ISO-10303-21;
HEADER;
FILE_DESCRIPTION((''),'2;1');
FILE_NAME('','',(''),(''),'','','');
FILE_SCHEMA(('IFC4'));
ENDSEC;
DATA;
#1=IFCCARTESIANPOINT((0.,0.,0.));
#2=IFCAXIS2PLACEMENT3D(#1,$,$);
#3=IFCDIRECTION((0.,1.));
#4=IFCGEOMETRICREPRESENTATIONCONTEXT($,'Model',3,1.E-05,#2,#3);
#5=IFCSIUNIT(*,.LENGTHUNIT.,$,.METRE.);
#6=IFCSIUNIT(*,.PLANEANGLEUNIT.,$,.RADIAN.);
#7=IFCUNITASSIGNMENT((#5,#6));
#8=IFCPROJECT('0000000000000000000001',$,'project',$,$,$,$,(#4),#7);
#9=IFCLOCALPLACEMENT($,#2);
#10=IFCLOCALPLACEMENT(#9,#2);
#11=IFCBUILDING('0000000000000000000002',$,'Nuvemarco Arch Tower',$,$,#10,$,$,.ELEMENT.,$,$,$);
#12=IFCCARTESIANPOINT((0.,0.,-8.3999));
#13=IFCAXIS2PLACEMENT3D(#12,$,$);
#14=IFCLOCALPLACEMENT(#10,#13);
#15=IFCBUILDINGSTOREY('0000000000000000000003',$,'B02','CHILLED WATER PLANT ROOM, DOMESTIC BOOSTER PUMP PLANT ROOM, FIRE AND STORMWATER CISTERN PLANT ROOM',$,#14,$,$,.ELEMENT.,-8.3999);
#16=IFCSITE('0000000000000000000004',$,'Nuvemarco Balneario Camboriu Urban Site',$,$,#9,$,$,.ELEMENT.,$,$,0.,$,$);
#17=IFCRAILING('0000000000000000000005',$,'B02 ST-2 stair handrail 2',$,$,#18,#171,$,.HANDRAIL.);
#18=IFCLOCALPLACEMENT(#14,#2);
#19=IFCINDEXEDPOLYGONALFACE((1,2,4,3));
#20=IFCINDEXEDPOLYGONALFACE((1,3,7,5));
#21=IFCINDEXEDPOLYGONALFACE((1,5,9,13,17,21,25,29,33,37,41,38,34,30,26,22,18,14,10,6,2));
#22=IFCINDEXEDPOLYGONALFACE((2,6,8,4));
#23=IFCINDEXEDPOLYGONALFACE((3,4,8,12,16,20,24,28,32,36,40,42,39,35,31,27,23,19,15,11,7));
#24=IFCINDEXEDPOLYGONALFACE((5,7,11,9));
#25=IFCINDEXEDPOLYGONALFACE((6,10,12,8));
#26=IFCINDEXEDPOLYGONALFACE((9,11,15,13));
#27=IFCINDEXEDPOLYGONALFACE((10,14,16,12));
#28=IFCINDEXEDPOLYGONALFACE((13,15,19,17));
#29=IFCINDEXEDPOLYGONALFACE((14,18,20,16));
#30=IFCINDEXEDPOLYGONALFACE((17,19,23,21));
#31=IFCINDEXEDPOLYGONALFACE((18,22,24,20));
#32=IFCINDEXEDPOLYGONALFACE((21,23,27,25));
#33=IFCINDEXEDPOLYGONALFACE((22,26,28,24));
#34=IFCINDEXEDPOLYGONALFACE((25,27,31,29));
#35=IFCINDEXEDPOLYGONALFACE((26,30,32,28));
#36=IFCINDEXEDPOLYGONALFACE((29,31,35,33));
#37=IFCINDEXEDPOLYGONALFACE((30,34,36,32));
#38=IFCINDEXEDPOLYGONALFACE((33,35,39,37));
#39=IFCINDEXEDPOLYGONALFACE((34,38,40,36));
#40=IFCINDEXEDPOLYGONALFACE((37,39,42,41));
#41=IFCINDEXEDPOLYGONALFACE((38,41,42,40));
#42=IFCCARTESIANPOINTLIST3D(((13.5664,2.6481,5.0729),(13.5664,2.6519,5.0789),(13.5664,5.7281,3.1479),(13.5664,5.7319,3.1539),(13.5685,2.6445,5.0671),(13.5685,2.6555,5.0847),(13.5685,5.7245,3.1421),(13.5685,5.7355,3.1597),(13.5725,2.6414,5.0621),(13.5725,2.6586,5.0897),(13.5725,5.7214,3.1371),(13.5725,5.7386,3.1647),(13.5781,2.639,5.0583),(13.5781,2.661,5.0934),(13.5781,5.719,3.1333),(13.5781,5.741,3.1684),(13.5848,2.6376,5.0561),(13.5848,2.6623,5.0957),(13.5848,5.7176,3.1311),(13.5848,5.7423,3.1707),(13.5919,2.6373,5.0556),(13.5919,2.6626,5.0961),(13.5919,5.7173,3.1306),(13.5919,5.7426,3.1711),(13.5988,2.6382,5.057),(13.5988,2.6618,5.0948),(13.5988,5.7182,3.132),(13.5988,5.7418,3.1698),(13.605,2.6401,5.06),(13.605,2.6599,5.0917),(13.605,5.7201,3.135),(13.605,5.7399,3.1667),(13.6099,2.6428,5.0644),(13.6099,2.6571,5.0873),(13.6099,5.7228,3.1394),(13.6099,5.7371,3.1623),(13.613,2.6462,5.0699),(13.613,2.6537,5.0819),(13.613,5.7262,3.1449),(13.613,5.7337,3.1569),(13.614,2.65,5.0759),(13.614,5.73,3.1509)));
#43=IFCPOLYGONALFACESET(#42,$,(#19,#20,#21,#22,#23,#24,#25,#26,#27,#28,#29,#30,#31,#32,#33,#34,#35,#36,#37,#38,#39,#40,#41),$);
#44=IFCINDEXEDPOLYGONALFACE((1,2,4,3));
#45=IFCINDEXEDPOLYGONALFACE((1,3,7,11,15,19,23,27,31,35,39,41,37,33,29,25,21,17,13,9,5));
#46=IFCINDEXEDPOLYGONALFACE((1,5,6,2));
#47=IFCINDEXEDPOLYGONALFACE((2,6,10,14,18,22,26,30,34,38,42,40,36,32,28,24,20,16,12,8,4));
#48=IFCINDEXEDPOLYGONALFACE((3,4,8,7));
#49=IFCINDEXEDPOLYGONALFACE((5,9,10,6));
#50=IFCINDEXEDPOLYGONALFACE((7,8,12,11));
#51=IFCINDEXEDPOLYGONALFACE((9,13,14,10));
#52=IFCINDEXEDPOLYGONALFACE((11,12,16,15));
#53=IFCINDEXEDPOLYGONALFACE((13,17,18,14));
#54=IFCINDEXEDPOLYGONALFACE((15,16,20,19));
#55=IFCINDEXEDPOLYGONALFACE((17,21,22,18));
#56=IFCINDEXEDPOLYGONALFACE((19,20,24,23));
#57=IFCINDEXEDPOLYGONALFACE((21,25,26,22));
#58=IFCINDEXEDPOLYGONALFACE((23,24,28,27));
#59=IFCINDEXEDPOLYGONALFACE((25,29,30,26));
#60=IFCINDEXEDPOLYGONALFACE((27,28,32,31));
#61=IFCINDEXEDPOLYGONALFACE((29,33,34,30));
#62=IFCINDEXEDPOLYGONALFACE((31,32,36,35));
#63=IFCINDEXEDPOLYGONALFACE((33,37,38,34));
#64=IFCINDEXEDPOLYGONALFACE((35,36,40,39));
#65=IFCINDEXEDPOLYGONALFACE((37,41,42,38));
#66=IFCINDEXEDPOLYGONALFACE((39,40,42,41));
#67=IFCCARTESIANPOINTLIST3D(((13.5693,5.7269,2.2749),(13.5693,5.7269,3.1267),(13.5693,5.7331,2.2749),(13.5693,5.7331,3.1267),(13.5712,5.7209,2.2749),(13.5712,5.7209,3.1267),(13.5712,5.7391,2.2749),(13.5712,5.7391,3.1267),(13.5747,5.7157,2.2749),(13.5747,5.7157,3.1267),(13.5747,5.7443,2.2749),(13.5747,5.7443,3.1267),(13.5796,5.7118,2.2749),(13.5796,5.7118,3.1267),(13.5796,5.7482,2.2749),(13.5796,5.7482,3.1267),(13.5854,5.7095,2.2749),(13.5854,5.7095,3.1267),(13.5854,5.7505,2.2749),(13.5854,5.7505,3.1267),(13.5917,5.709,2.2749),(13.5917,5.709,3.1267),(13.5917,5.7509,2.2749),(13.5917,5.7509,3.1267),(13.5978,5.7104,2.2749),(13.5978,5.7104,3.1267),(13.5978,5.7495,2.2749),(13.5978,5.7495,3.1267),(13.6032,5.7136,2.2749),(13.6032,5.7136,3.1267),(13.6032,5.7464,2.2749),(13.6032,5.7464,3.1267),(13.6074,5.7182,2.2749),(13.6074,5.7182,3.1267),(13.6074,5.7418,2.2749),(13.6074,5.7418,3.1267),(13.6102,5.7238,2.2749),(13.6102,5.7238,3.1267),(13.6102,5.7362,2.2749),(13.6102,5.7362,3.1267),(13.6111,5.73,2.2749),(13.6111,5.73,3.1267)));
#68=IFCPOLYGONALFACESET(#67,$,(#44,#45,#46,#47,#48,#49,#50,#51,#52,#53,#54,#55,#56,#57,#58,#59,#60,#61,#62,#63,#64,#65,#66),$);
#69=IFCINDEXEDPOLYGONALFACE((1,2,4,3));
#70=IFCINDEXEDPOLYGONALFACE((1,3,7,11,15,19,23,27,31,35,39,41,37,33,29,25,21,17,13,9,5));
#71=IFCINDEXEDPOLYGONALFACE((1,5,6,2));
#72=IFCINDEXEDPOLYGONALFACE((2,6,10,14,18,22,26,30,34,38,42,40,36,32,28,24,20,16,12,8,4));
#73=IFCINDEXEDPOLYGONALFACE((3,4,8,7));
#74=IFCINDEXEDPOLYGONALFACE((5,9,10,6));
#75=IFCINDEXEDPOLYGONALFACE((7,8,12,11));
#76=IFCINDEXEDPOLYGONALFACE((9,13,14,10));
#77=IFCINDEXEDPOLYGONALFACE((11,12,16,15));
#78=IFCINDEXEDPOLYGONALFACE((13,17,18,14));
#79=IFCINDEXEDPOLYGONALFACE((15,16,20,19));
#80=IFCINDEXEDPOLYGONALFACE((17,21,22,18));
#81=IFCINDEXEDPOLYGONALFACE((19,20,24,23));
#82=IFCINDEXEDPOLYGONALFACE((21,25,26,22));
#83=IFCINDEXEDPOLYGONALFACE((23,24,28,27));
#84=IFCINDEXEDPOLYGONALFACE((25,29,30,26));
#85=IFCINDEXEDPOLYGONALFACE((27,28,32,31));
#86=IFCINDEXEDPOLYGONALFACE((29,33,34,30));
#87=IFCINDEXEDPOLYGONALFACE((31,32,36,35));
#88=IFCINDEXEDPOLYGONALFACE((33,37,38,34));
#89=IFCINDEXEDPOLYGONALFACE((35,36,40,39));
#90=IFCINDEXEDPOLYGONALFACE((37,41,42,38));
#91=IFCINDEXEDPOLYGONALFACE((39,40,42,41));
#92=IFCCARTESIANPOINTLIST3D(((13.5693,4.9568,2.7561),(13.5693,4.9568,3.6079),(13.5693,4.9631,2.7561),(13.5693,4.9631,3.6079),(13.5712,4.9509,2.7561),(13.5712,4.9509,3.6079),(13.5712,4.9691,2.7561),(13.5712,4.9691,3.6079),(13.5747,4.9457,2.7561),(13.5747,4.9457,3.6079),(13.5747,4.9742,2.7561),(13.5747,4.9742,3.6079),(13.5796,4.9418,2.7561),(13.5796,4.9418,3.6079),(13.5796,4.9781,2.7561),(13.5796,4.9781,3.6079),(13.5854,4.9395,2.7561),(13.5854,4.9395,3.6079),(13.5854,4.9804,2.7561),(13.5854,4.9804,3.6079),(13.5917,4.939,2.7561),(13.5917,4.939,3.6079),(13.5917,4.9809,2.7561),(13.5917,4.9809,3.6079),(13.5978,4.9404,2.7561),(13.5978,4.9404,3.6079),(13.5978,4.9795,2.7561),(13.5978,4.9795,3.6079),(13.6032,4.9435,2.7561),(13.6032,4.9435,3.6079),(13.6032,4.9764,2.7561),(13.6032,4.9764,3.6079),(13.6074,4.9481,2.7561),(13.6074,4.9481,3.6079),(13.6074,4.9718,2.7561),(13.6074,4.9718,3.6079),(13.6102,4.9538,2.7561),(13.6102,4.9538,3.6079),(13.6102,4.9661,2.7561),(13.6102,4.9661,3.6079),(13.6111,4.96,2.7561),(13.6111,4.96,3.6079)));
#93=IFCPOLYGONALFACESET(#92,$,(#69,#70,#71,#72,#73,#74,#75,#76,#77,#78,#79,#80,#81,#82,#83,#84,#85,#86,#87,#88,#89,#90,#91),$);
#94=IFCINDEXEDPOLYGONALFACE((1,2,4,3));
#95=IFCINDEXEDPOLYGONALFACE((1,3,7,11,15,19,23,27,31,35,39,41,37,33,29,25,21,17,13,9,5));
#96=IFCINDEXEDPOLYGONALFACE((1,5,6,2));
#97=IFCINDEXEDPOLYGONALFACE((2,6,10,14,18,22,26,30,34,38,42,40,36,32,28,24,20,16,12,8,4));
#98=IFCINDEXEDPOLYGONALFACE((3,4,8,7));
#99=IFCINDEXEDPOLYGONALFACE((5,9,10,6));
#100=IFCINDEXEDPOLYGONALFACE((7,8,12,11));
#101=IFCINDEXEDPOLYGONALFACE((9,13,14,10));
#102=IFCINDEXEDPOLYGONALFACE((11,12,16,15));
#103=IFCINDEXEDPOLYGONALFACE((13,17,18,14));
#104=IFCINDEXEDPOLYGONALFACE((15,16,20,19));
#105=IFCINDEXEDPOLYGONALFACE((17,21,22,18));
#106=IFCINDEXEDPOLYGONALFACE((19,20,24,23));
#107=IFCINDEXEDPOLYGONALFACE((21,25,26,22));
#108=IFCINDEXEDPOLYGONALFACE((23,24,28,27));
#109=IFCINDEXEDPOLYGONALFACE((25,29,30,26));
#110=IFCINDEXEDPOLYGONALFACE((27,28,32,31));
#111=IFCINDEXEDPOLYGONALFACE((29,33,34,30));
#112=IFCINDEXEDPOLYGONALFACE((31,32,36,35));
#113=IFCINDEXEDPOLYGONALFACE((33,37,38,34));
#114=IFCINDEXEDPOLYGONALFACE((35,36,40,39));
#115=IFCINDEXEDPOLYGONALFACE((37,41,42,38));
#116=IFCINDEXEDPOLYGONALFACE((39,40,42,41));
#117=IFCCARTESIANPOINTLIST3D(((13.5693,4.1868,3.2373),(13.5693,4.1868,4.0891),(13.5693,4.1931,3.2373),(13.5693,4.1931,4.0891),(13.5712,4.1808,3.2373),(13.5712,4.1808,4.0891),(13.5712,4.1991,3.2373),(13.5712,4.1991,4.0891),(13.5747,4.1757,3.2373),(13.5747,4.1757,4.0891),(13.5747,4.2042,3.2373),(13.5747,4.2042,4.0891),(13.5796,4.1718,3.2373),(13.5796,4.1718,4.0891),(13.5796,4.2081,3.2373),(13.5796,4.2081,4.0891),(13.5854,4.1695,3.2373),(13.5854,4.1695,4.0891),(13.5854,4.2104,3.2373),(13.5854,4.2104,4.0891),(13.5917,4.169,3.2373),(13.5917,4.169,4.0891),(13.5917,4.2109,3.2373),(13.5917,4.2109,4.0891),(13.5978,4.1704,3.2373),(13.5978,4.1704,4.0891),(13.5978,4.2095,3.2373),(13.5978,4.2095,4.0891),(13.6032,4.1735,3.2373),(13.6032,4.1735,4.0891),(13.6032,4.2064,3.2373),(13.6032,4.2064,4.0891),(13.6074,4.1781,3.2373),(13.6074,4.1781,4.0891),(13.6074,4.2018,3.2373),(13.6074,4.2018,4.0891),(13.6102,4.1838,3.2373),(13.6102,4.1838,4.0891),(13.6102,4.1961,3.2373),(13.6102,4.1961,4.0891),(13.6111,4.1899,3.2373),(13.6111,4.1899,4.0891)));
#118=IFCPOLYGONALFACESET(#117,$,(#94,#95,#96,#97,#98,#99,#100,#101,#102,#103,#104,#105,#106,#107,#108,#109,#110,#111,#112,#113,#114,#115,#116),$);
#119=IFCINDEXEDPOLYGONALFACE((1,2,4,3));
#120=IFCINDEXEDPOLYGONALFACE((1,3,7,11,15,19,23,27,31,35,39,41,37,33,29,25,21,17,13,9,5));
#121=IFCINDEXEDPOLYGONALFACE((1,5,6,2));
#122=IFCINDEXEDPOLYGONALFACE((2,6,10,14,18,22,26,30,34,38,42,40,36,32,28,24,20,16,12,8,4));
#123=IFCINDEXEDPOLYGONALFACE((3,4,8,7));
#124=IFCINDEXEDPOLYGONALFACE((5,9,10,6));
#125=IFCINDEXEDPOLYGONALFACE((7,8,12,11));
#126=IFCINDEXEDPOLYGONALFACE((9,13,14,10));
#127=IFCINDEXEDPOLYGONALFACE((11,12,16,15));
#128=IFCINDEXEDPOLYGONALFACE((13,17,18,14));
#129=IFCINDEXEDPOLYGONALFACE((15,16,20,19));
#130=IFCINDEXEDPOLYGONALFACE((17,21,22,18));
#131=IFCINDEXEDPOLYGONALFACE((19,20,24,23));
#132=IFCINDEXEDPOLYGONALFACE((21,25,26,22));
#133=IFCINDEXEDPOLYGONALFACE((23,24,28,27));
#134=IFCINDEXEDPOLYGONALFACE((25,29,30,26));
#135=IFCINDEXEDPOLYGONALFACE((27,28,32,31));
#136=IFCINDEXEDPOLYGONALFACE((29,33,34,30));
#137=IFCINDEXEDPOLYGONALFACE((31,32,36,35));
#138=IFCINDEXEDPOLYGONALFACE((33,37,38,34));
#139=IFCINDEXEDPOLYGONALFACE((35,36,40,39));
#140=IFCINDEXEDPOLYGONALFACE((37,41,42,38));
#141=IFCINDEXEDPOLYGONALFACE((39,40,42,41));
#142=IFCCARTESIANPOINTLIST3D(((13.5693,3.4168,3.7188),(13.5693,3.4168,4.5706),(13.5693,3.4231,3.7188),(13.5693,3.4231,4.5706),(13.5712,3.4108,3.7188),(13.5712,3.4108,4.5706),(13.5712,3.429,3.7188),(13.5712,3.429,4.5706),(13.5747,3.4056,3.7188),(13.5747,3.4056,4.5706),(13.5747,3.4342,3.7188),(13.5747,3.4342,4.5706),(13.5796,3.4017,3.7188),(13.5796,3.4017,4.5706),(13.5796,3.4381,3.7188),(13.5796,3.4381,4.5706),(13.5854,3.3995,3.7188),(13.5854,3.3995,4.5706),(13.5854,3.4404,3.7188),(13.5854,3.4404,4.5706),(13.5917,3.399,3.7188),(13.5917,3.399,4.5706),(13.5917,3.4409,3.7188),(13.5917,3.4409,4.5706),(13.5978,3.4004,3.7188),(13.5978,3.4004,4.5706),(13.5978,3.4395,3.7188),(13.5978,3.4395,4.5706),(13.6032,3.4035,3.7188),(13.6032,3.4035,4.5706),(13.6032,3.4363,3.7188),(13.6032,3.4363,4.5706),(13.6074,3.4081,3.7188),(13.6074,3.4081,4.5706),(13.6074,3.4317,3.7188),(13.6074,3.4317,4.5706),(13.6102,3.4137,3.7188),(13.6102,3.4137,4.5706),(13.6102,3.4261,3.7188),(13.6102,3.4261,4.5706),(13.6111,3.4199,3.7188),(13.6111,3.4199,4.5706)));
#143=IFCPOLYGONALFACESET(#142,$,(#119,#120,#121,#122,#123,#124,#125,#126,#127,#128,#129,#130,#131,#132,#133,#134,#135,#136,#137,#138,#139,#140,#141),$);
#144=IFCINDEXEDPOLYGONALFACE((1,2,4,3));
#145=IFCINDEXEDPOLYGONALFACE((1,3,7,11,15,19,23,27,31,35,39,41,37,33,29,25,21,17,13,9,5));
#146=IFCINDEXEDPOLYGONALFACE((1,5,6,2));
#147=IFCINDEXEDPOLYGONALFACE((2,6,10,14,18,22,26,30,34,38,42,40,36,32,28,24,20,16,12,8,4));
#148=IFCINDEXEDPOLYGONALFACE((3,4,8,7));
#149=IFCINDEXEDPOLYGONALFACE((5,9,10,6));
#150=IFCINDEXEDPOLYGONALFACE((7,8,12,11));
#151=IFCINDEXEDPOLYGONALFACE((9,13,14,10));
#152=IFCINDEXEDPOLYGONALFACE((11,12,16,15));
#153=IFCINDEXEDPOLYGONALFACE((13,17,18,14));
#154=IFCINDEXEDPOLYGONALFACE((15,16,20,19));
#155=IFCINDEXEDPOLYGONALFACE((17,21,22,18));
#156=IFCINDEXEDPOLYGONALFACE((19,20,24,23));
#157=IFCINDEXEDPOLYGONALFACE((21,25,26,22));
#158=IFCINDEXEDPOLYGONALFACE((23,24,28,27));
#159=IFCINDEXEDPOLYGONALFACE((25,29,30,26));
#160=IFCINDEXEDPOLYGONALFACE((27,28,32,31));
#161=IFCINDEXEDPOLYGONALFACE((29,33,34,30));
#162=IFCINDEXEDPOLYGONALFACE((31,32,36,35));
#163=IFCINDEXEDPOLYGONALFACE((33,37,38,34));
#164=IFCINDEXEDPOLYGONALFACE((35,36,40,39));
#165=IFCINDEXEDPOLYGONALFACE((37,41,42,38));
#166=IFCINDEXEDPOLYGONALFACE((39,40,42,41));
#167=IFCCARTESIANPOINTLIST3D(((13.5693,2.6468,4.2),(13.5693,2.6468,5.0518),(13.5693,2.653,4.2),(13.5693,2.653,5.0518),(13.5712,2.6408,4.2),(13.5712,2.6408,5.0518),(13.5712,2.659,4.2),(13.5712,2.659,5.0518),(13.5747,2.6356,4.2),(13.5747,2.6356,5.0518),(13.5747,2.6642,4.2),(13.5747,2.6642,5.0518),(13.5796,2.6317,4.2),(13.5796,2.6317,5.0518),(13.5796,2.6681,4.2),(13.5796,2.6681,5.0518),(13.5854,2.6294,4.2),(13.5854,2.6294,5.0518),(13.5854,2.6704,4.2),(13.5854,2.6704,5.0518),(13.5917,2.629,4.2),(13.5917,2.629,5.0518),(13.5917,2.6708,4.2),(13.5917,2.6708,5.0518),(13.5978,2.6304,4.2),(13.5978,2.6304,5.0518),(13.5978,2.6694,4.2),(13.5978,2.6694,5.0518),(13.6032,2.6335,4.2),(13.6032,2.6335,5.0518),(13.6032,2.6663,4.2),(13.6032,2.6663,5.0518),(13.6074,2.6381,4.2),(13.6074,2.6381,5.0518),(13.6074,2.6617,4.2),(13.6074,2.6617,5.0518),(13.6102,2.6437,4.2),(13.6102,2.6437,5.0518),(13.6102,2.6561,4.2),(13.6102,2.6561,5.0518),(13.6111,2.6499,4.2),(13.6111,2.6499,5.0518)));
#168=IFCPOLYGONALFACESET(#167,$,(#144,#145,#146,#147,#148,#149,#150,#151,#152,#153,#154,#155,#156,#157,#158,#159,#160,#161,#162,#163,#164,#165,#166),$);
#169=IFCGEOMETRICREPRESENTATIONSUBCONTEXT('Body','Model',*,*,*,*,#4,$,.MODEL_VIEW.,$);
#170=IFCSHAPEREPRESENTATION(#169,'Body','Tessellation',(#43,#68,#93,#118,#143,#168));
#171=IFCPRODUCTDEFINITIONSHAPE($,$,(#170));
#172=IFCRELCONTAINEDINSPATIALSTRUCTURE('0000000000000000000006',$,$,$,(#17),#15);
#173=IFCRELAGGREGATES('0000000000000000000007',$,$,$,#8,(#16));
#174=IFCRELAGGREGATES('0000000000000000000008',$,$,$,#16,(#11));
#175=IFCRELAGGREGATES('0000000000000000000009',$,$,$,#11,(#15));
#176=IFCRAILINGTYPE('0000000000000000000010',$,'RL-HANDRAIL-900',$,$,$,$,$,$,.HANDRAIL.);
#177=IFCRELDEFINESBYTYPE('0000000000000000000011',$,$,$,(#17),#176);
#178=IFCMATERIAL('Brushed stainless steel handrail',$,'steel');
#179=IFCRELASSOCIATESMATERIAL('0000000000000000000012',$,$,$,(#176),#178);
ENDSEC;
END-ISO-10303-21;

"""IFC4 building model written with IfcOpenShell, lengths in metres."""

from ifc_helpers import new_model, si_unit, direction, frame, origin, origin_2d, place, context, subcontext, project, spatial, circle, extrude, material, type_object, element, save


model = new_model("IFC4")

# Units and contexts
model_context = context("Model", 3, precision=1e-05, world=origin(), true_north=direction((0.0, 1.0)))
body_context = subcontext(model_context, "Body", "Model", "MODEL_VIEW")
ifc_project = project(units=[si_unit("LENGTHUNIT", "METRE"), si_unit("PLANEANGLEUNIT", "RADIAN")], contexts=[model_context])

# Site, building, storey
site_placement = place(None, origin())
site = spatial("IfcSite", under=ifc_project, at=site_placement, Name="Nuvemarco Balneario Camboriu Urban Site", CompositionType="ELEMENT", RefElevation=0.0)
building_placement = place(site_placement, origin())
building = spatial("IfcBuilding", under=site, at=building_placement, Name="Nuvemarco Arch Tower", CompositionType="ELEMENT")
storey_placement = place(building_placement, frame((0.0, 0.0, -8.3999)))
storey = spatial("IfcBuildingStorey", under=building, at=storey_placement, Name="B02", Description="CHILLED WATER PLANT ROOM, DOMESTIC BOOSTER PUMP PLANT ROOM, FIRE AND STORMWATER CISTERN PLANT ROOM", CompositionType="ELEMENT", Elevation=-8.3999)

# Railing
ifc_material_1 = material(Name="Brushed stainless steel handrail", Category="steel")
railing_type = type_object("IfcRailingType", Name="RL-HANDRAIL-900", PredefinedType="HANDRAIL", material=ifc_material_1)
railing_placement = place(storey_placement, frame((13.5901, 5.73, 2.2749)))
element("IfcRailing", 1, at=railing_placement, inside=storey, type_object=railing_type, Name="B02 ST-2 stair handrail 2", PredefinedType="HANDRAIL", context=body_context, shape_type="SweptSolid", body=[
    extrude(circle(Radius=0.0239, at=origin_2d()), frame((0.0, 0.0, 0.876), z_axis=(0.0, -0.847998, 0.529999), x_axis=(1.0, 0.0, 0.0)), (0.0, 0.0, 1.0), 3.6321),
    extrude(circle(Radius=0.021, at=origin_2d()), origin(), (0.0, 0.0, 1.0), 0.8518),
    extrude(circle(Radius=0.021, at=origin_2d()), frame((0.0, -0.77, 0.4812)), (0.0, 0.0, 1.0), 0.8518),
    extrude(circle(Radius=0.021, at=origin_2d()), frame((0.0, -1.54, 0.9624)), (0.0, 0.0, 1.0), 0.8518),
    extrude(circle(Radius=0.021, at=origin_2d()), frame((0.0, -2.3101, 1.4438)), (0.0, 0.0, 1.0), 0.8518),
    extrude(circle(Radius=0.021, at=origin_2d()), frame((0.0, -3.0801, 1.925)), (0.0, 0.0, 1.0), 0.8518),
])

save(model, "model.ifc")
